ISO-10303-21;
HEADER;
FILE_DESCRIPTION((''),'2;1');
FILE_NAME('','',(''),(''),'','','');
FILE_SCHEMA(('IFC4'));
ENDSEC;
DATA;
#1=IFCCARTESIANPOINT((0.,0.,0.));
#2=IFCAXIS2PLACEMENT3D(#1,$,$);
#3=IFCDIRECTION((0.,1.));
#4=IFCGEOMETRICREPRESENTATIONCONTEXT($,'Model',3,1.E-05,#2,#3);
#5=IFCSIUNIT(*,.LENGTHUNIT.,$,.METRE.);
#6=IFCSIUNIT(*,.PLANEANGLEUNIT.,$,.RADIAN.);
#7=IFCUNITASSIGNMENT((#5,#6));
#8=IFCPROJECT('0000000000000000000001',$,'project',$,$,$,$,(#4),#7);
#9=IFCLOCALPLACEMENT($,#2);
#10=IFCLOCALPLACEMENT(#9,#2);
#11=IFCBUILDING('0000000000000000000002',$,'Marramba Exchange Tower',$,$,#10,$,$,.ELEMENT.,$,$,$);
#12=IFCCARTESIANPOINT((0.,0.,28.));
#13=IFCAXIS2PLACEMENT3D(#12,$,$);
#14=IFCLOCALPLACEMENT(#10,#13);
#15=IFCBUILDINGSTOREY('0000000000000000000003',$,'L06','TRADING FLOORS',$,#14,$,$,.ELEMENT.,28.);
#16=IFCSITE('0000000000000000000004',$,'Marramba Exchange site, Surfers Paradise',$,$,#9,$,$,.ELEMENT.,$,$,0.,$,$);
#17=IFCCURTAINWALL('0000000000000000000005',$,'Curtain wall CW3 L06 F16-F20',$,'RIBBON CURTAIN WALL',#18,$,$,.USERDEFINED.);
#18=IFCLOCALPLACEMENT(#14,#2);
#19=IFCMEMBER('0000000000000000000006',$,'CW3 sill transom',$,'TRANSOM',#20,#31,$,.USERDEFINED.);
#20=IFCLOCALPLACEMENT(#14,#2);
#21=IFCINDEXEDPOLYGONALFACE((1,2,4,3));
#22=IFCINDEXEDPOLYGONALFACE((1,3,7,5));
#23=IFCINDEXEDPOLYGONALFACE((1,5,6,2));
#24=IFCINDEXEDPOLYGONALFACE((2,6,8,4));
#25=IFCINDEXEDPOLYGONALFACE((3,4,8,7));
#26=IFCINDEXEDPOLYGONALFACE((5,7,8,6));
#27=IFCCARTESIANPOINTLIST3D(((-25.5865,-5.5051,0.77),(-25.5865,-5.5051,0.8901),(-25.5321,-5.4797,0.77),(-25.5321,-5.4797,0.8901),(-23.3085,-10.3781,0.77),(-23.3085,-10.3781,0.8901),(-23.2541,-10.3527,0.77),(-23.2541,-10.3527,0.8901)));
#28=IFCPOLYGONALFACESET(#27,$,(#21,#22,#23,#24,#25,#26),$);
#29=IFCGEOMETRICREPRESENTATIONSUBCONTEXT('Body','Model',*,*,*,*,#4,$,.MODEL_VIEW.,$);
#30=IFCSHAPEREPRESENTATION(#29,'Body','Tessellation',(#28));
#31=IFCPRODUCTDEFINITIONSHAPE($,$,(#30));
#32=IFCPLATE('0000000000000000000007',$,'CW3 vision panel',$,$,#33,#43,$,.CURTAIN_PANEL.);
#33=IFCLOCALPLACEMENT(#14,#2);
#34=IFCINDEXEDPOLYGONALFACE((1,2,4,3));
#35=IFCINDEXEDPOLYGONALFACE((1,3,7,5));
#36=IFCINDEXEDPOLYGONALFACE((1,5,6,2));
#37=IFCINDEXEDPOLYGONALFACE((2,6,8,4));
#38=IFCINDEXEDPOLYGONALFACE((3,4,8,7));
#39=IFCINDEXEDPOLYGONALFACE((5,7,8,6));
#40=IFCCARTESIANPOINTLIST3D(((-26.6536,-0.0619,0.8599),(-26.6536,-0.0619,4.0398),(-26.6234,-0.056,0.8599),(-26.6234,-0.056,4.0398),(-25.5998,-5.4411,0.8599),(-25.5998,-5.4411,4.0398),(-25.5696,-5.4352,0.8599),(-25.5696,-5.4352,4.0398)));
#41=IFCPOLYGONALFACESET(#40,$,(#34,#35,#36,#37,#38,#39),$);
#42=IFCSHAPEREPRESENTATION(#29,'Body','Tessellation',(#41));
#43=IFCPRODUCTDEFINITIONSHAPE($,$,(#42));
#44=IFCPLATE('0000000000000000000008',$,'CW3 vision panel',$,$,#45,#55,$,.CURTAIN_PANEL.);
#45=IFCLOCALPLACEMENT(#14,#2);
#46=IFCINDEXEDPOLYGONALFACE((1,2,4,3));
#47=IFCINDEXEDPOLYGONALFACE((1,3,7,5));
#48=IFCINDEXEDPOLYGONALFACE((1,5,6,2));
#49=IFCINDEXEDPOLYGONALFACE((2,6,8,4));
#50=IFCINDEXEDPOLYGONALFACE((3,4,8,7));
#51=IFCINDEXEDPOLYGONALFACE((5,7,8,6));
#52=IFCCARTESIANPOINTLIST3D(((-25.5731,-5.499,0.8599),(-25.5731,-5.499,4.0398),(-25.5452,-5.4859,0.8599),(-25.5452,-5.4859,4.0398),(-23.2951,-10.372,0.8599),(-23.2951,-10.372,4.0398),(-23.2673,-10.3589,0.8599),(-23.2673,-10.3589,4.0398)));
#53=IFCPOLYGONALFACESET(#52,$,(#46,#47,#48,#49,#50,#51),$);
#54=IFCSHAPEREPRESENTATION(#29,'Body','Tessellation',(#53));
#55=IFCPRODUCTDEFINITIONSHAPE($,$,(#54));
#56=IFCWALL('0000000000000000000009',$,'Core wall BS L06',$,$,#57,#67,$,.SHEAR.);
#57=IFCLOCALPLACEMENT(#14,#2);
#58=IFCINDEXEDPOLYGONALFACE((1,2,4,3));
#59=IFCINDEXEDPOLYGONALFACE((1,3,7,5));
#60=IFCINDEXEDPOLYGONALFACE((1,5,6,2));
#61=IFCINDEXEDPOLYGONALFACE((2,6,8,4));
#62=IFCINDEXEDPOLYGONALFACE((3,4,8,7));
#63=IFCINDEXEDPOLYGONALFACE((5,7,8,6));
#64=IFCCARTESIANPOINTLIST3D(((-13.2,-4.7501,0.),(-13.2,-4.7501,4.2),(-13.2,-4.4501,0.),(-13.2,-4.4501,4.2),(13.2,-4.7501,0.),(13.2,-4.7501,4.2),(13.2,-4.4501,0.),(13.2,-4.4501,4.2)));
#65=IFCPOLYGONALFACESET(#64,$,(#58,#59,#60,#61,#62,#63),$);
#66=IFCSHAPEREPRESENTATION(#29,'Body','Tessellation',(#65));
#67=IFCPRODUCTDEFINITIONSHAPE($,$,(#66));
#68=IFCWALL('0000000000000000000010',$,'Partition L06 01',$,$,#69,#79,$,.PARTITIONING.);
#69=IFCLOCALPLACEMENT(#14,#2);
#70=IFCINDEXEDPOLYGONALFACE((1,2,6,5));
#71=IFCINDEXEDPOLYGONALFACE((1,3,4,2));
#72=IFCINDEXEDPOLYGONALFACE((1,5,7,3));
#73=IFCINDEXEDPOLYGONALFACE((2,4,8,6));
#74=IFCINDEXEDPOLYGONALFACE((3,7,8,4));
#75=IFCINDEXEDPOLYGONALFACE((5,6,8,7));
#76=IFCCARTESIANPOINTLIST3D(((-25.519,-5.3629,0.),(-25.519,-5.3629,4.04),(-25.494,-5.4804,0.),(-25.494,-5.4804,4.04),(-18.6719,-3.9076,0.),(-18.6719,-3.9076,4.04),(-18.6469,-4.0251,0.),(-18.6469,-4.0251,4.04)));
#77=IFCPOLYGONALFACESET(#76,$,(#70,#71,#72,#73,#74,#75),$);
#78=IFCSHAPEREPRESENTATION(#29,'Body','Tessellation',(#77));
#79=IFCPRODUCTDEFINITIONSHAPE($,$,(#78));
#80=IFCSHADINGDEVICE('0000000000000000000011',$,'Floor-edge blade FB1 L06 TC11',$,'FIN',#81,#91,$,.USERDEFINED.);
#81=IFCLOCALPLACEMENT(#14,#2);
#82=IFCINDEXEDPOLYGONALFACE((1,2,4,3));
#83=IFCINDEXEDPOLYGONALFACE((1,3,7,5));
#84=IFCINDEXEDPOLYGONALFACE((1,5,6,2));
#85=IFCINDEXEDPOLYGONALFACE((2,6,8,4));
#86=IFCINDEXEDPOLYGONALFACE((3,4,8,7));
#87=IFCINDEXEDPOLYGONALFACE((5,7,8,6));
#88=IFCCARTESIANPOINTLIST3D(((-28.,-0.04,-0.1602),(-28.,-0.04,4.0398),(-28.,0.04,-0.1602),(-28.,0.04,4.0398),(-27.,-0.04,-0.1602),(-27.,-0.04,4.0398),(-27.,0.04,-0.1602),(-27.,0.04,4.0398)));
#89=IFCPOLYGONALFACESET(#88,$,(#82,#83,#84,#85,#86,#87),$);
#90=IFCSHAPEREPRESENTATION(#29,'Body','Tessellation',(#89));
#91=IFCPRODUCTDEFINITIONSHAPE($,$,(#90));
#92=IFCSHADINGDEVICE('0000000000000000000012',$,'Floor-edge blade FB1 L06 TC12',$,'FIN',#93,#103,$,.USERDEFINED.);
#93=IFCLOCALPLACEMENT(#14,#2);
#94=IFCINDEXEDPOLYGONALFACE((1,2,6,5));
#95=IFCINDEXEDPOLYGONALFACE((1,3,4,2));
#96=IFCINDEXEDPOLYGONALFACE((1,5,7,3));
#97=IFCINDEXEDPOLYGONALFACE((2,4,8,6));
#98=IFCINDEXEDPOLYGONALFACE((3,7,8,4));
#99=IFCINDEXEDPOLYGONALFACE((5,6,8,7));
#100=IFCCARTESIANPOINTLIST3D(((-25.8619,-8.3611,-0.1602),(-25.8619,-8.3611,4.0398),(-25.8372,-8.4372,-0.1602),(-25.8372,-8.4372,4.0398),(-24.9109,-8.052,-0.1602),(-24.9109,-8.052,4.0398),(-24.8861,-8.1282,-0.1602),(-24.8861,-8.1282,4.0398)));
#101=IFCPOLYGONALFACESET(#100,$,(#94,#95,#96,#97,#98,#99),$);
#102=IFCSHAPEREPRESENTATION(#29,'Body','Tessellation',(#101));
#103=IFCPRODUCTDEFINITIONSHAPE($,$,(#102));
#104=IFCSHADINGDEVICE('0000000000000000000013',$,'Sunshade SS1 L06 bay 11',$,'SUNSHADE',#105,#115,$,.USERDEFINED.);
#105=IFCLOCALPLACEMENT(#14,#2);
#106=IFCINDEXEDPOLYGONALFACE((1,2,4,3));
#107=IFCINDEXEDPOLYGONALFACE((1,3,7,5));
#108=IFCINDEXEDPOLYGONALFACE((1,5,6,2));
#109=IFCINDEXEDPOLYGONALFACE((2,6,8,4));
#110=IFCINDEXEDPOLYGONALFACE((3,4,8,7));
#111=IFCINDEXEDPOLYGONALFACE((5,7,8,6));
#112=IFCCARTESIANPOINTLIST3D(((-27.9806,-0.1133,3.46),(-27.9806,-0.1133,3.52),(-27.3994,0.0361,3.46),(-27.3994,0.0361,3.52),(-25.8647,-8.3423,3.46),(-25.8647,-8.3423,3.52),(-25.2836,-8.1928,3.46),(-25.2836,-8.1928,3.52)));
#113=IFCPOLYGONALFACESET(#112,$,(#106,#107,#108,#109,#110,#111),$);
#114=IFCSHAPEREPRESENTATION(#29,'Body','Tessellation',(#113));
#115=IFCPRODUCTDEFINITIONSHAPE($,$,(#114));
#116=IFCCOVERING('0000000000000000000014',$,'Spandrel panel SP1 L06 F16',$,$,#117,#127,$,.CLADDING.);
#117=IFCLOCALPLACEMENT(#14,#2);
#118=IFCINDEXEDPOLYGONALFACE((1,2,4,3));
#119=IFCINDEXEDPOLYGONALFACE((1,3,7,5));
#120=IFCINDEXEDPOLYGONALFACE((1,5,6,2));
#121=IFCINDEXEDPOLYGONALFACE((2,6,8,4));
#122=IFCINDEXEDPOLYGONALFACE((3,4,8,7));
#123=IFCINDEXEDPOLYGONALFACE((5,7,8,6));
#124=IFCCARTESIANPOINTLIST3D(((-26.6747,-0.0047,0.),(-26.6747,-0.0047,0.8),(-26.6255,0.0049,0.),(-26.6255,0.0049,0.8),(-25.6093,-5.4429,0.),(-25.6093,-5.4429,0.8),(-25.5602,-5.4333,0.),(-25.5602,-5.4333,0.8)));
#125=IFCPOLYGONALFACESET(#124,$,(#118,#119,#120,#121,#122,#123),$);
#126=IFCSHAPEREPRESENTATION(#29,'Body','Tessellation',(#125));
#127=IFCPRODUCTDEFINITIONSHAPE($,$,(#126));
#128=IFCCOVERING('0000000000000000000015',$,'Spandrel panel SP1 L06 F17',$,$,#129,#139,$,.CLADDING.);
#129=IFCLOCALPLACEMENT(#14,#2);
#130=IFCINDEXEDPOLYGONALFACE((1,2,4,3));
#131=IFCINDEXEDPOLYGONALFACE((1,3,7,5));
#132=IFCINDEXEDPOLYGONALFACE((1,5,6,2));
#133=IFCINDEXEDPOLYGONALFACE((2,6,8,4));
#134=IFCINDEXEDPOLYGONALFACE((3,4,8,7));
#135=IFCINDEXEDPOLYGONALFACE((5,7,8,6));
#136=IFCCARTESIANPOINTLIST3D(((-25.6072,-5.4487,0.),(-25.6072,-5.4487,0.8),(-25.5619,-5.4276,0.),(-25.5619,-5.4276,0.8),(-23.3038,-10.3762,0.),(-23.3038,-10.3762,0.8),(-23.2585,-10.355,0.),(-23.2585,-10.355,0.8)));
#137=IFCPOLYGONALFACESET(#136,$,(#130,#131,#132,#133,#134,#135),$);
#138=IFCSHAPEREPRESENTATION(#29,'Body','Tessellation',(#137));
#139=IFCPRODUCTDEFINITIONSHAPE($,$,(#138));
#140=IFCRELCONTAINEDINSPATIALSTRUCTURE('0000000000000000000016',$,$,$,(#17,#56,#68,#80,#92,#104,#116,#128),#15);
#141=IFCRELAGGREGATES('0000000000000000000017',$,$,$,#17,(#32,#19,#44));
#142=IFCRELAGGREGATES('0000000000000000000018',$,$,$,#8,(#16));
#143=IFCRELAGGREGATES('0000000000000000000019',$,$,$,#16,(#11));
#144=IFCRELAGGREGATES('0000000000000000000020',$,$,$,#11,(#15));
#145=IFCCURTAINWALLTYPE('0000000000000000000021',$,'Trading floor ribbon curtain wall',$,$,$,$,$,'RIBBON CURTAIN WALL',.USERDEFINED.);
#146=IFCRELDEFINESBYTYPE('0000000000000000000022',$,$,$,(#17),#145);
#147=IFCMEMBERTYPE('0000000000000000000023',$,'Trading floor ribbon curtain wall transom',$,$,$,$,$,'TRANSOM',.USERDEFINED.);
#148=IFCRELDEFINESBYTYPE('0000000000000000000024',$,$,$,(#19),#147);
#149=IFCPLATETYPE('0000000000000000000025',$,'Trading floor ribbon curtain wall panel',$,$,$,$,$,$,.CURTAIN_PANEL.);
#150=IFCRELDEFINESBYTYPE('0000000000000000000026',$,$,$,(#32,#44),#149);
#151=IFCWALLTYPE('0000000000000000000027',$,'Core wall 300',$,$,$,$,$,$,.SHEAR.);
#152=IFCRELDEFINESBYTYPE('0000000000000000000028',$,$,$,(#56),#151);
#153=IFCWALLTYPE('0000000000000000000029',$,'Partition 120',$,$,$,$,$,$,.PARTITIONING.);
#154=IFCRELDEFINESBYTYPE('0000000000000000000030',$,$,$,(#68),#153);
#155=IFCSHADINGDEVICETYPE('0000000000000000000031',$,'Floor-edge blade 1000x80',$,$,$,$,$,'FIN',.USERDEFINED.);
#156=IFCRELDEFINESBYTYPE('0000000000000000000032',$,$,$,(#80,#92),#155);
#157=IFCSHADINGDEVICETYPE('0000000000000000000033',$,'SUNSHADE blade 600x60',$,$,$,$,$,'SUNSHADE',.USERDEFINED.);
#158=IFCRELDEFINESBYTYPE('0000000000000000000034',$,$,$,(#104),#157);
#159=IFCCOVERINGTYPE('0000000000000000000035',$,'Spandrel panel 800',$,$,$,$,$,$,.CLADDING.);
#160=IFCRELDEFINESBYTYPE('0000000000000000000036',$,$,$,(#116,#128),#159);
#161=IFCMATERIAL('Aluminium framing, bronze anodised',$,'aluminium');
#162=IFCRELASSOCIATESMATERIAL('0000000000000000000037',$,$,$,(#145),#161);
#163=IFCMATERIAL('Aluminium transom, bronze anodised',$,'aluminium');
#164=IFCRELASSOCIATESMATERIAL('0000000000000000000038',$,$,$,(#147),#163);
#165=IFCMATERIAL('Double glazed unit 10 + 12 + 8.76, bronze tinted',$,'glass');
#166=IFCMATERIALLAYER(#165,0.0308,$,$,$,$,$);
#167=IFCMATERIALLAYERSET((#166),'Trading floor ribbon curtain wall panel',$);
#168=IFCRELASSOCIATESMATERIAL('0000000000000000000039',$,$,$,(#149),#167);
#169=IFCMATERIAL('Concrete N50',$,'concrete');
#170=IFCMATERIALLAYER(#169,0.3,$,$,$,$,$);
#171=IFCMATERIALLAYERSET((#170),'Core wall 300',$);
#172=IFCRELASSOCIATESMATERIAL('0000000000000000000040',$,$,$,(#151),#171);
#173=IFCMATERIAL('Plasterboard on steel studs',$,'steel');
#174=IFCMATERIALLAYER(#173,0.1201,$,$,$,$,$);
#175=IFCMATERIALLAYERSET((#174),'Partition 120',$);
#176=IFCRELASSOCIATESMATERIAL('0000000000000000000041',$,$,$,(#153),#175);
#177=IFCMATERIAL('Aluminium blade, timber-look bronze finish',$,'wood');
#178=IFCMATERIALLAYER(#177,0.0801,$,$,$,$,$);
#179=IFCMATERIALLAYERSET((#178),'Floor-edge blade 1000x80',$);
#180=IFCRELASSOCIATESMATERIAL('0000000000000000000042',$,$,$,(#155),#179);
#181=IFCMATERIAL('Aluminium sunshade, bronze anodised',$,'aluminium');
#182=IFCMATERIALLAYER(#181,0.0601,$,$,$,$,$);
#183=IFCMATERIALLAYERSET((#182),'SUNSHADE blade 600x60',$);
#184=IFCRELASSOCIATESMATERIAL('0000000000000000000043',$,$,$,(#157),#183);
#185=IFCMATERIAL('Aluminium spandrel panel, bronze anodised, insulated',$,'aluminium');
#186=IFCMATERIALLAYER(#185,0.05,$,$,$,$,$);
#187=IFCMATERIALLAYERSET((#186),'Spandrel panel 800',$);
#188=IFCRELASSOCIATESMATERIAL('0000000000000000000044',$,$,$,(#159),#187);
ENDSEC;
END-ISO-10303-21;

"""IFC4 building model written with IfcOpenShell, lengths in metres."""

from ifc_helpers import new_model, si_unit, direction, frame, frame_2d, origin, origin_2d, place, context, subcontext, project, spatial, rectangle, extrude, material, layer, layer_set, material_profile, profile_set, type_object, element, aggregate, save


model = new_model("IFC4")

# Units and contexts
model_context = context("Model", 3, precision=1e-05, world=origin(), true_north=direction((0.0, 1.0)))
body_context = subcontext(model_context, "Body", "Model", "MODEL_VIEW")
ifc_project = project(units=[si_unit("LENGTHUNIT", "METRE"), si_unit("PLANEANGLEUNIT", "RADIAN")], contexts=[model_context])

# Site, building, storey
site_placement = place(None, origin())
site = spatial("IfcSite", under=ifc_project, at=site_placement, Name="Marramba Exchange site, Surfers Paradise", CompositionType="ELEMENT", RefElevation=0.0)
building_placement = place(site_placement, origin())
building = spatial("IfcBuilding", under=site, at=building_placement, Name="Marramba Exchange Tower", CompositionType="ELEMENT")
storey_placement = place(building_placement, frame((0.0, 0.0, 28.0)))
storey = spatial("IfcBuildingStorey", under=building, at=storey_placement, Name="L06", Description="TRADING FLOORS", CompositionType="ELEMENT", Elevation=28.0)

# Shared definitions
ifc_material_1 = material(Name="Concrete N50", Category="concrete")

# Curtain wall, member, plates
ifc_material_2 = material(Name="Aluminium framing, bronze anodised", Category="aluminium")
curtain_wall_type = type_object("IfcCurtainWallType", Name="Trading floor ribbon curtain wall", ElementType="RIBBON CURTAIN WALL", PredefinedType="USERDEFINED", material=ifc_material_2)
curtain_wall_placement = place(storey_placement, origin())
curtain_wall = element("IfcCurtainWall", 1, at=curtain_wall_placement, inside=storey, type_object=curtain_wall_type, Name="Curtain wall CW3 L06 F16-F20", ObjectType="RIBBON CURTAIN WALL", PredefinedType="USERDEFINED")
ifc_material_3 = material(Name="Aluminium transom, bronze anodised", Category="aluminium")
ifc_material_profile_1 = material_profile(ifc_material_3, rectangle(XDim=0.0601, YDim=0.1201, at=origin_2d()), Name="CW3 transom 60x120")
ifc_profile_set_1 = profile_set([ifc_material_profile_1], Name="Aluminium transom, bronze anodised")
member_type_1 = type_object("IfcMemberType", Name="Trading floor ribbon curtain wall transom", ElementType="TRANSOM", PredefinedType="USERDEFINED", material=ifc_profile_set_1)
member_1_placement = place(storey_placement, frame((-25.5593, -5.4924, 0.8301), z_axis=(0.423494, -0.905899, 0.0), x_axis=(0.905899, 0.423494, 0.0)))
member_1 = element("IfcMember", 2, at=member_1_placement, type_object=member_type_1, Name="CW3 sill transom", ObjectType="TRANSOM", PredefinedType="USERDEFINED", context=body_context, shape_type="SweptSolid", body=[
    extrude(rectangle(XDim=0.0601, YDim=0.1201, at=origin_2d()), origin(), (0.0, 0.0, 1.0), 5.3792),
])
ifc_material_4 = material(Name="Double glazed unit 10 + 12 + 8.76, bronze tinted", Category="glass")
ifc_layer_1 = layer(ifc_material_4, 0.0308)
ifc_layer_set_1 = layer_set([ifc_layer_1], Name="Trading floor ribbon curtain wall panel")
plate_type = type_object("IfcPlateType", Name="Trading floor ribbon curtain wall panel", PredefinedType="CURTAIN_PANEL", material=ifc_layer_set_1)
plate_1_placement = place(storey_placement, frame((-26.1116, -2.7485, 0.8599), z_axis=(0.0, 0.0, 1.0), x_axis=(0.192249, -0.981346, 0.0)))
plate_1 = element("IfcPlate", 3, at=plate_1_placement, type_object=plate_type, Name="CW3 vision panel", PredefinedType="CURTAIN_PANEL", context=body_context, shape_type="SweptSolid", body=[
    extrude(rectangle(XDim=5.4814, YDim=0.0308, at=origin_2d()), origin(), (0.0, 0.0, 1.0), 3.1799),
])
plate_2_placement = place(storey_placement, frame((-24.4202, -7.929, 0.8599), z_axis=(0.0, 0.0, 1.0), x_axis=(0.423477, -0.905907, 0.0)))
plate_2 = element("IfcPlate", 4, at=plate_2_placement, type_object=plate_type, Name="CW3 vision panel", PredefinedType="CURTAIN_PANEL", context=body_context, shape_type="SweptSolid", body=[
    extrude(rectangle(XDim=5.3792, YDim=0.0308, at=origin_2d()), origin(), (0.0, 0.0, 1.0), 3.1799),
])
aggregate(curtain_wall, [plate_1, member_1, plate_2])

# Walls
ifc_layer_2 = layer(ifc_material_1, 0.3)
ifc_layer_set_2 = layer_set([ifc_layer_2], Name="Core wall 300")
wall_type_1 = type_object("IfcWallType", Name="Core wall 300", PredefinedType="SHEAR", material=ifc_layer_set_2)
wall_1_placement = place(storey_placement, frame((-13.2, -4.6001, 0.0), z_axis=(0.0, 0.0, 1.0), x_axis=(1.0, 0.0, 0.0)))
element("IfcWall", 5, at=wall_1_placement, inside=storey, type_object=wall_type_1, Name="Core wall BS L06", PredefinedType="SHEAR", context=body_context, shape_type="SweptSolid", body=[
    extrude(rectangle(XDim=26.3999, YDim=0.3, at=frame_2d((13.2, 0.0))), origin(), (0.0, 0.0, 1.0), 4.2),
])
ifc_material_5 = material(Name="Plasterboard on steel studs", Category="steel")
ifc_layer_3 = layer(ifc_material_5, 0.1201)
ifc_layer_set_3 = layer_set([ifc_layer_3], Name="Partition 120")
wall_type_2 = type_object("IfcWallType", Name="Partition 120", PredefinedType="PARTITIONING", material=ifc_layer_set_3)
wall_2_placement = place(storey_placement, frame((-18.6594, -3.9663, 0.0), z_axis=(0.0, 0.0, 1.0), x_axis=(-0.978149, -0.207907, 0.0)))
element("IfcWall", 6, at=wall_2_placement, inside=storey, type_object=wall_type_2, Name="Partition L06 01", PredefinedType="PARTITIONING", context=body_context, shape_type="SweptSolid", body=[
    extrude(rectangle(XDim=7.0, YDim=0.1201, at=frame_2d((3.5, 0.0))), origin(), (0.0, 0.0, 1.0), 4.04),
])

# Shading devices
ifc_material_6 = material(Name="Aluminium blade, timber-look bronze finish", Category="wood")
ifc_layer_4 = layer(ifc_material_6, 0.0801)
ifc_layer_set_4 = layer_set([ifc_layer_4], Name="Floor-edge blade 1000x80")
shading_device_type_1 = type_object("IfcShadingDeviceType", Name="Floor-edge blade 1000x80", ElementType="FIN", PredefinedType="USERDEFINED", material=ifc_layer_set_4)
for number, where, z_axis, x_axis, name in (
    (7, (-27.5, 0.0, -0.1602), (0.0, 0.0, 1.0), (-1.0, 0.0, 0.0), "Floor-edge blade FB1 L06 TC11"),
    (8, (-25.374, -8.2446, -0.1602), (0.0, 0.0, 1.0), (-0.951057, -0.309017, 0.0), "Floor-edge blade FB1 L06 TC12"),
):
    element("IfcShadingDevice", number, at=place(storey_placement, frame(where, z_axis=z_axis, x_axis=x_axis)), inside=storey, type_object=shading_device_type_1, Name=name, ObjectType="FIN", PredefinedType="USERDEFINED", context=body_context, shape_type="SweptSolid", body=[
        extrude(rectangle(XDim=1.0, YDim=0.0801, at=origin_2d()), origin(), (0.0, 0.0, 1.0), 4.2),
    ])
ifc_material_7 = material(Name="Aluminium sunshade, bronze anodised", Category="aluminium")
ifc_layer_5 = layer(ifc_material_7, 0.0601)
ifc_layer_set_5 = layer_set([ifc_layer_5], Name="SUNSHADE blade 600x60")
shading_device_type_2 = type_object("IfcShadingDeviceType", Name="SUNSHADE blade 600x60", ElementType="SUNSHADE", PredefinedType="USERDEFINED", material=ifc_layer_set_5)
shading_device_placement = place(storey_placement, frame((-26.6321, -4.1531, 3.46), z_axis=(0.0, 0.0, 1.0), x_axis=(0.249025, -0.968497, 0.0)))
element("IfcShadingDevice", 9, at=shading_device_placement, inside=storey, type_object=shading_device_type_2, Name="Sunshade SS1 L06 bay 11", ObjectType="SUNSHADE", PredefinedType="USERDEFINED", context=body_context, shape_type="SweptSolid", body=[
    extrude(rectangle(XDim=8.4966, YDim=0.6001, at=origin_2d()), origin(), (0.0, 0.0, 1.0), 0.0601),
])

# Coverings
ifc_material_8 = material(Name="Aluminium spandrel panel, bronze anodised, insulated", Category="aluminium")
ifc_layer_6 = layer(ifc_material_8, 0.05)
ifc_layer_set_6 = layer_set([ifc_layer_6], Name="Spandrel panel 800")
covering_type = type_object("IfcCoveringType", Name="Spandrel panel 800", PredefinedType="CLADDING", material=ifc_layer_set_6)
covering_1_placement = place(storey_placement, frame((-26.1174, -2.719, 0.0), z_axis=(0.0, 0.0, 1.0), x_axis=(0.192249, -0.981346, 0.0)))
element("IfcCovering", 10, at=covering_1_placement, inside=storey, type_object=covering_type, Name="Spandrel panel SP1 L06 F16", PredefinedType="CLADDING", context=body_context, shape_type="SweptSolid", body=[
    extrude(rectangle(XDim=5.5415, YDim=0.05, at=origin_2d()), origin(), (0.0, 0.0, 1.0), 0.8),
])
covering_2_placement = place(storey_placement, frame((-24.4329, -7.9019, 0.0), z_axis=(0.0, 0.0, 1.0), x_axis=(0.423477, -0.905907, 0.0)))
element("IfcCovering", 11, at=covering_2_placement, inside=storey, type_object=covering_type, Name="Spandrel panel SP1 L06 F17", PredefinedType="CLADDING", context=body_context, shape_type="SweptSolid", body=[
    extrude(rectangle(XDim=5.4392, YDim=0.05, at=origin_2d()), origin(), (0.0, 0.0, 1.0), 0.8),
])

save(model, "model.ifc")
